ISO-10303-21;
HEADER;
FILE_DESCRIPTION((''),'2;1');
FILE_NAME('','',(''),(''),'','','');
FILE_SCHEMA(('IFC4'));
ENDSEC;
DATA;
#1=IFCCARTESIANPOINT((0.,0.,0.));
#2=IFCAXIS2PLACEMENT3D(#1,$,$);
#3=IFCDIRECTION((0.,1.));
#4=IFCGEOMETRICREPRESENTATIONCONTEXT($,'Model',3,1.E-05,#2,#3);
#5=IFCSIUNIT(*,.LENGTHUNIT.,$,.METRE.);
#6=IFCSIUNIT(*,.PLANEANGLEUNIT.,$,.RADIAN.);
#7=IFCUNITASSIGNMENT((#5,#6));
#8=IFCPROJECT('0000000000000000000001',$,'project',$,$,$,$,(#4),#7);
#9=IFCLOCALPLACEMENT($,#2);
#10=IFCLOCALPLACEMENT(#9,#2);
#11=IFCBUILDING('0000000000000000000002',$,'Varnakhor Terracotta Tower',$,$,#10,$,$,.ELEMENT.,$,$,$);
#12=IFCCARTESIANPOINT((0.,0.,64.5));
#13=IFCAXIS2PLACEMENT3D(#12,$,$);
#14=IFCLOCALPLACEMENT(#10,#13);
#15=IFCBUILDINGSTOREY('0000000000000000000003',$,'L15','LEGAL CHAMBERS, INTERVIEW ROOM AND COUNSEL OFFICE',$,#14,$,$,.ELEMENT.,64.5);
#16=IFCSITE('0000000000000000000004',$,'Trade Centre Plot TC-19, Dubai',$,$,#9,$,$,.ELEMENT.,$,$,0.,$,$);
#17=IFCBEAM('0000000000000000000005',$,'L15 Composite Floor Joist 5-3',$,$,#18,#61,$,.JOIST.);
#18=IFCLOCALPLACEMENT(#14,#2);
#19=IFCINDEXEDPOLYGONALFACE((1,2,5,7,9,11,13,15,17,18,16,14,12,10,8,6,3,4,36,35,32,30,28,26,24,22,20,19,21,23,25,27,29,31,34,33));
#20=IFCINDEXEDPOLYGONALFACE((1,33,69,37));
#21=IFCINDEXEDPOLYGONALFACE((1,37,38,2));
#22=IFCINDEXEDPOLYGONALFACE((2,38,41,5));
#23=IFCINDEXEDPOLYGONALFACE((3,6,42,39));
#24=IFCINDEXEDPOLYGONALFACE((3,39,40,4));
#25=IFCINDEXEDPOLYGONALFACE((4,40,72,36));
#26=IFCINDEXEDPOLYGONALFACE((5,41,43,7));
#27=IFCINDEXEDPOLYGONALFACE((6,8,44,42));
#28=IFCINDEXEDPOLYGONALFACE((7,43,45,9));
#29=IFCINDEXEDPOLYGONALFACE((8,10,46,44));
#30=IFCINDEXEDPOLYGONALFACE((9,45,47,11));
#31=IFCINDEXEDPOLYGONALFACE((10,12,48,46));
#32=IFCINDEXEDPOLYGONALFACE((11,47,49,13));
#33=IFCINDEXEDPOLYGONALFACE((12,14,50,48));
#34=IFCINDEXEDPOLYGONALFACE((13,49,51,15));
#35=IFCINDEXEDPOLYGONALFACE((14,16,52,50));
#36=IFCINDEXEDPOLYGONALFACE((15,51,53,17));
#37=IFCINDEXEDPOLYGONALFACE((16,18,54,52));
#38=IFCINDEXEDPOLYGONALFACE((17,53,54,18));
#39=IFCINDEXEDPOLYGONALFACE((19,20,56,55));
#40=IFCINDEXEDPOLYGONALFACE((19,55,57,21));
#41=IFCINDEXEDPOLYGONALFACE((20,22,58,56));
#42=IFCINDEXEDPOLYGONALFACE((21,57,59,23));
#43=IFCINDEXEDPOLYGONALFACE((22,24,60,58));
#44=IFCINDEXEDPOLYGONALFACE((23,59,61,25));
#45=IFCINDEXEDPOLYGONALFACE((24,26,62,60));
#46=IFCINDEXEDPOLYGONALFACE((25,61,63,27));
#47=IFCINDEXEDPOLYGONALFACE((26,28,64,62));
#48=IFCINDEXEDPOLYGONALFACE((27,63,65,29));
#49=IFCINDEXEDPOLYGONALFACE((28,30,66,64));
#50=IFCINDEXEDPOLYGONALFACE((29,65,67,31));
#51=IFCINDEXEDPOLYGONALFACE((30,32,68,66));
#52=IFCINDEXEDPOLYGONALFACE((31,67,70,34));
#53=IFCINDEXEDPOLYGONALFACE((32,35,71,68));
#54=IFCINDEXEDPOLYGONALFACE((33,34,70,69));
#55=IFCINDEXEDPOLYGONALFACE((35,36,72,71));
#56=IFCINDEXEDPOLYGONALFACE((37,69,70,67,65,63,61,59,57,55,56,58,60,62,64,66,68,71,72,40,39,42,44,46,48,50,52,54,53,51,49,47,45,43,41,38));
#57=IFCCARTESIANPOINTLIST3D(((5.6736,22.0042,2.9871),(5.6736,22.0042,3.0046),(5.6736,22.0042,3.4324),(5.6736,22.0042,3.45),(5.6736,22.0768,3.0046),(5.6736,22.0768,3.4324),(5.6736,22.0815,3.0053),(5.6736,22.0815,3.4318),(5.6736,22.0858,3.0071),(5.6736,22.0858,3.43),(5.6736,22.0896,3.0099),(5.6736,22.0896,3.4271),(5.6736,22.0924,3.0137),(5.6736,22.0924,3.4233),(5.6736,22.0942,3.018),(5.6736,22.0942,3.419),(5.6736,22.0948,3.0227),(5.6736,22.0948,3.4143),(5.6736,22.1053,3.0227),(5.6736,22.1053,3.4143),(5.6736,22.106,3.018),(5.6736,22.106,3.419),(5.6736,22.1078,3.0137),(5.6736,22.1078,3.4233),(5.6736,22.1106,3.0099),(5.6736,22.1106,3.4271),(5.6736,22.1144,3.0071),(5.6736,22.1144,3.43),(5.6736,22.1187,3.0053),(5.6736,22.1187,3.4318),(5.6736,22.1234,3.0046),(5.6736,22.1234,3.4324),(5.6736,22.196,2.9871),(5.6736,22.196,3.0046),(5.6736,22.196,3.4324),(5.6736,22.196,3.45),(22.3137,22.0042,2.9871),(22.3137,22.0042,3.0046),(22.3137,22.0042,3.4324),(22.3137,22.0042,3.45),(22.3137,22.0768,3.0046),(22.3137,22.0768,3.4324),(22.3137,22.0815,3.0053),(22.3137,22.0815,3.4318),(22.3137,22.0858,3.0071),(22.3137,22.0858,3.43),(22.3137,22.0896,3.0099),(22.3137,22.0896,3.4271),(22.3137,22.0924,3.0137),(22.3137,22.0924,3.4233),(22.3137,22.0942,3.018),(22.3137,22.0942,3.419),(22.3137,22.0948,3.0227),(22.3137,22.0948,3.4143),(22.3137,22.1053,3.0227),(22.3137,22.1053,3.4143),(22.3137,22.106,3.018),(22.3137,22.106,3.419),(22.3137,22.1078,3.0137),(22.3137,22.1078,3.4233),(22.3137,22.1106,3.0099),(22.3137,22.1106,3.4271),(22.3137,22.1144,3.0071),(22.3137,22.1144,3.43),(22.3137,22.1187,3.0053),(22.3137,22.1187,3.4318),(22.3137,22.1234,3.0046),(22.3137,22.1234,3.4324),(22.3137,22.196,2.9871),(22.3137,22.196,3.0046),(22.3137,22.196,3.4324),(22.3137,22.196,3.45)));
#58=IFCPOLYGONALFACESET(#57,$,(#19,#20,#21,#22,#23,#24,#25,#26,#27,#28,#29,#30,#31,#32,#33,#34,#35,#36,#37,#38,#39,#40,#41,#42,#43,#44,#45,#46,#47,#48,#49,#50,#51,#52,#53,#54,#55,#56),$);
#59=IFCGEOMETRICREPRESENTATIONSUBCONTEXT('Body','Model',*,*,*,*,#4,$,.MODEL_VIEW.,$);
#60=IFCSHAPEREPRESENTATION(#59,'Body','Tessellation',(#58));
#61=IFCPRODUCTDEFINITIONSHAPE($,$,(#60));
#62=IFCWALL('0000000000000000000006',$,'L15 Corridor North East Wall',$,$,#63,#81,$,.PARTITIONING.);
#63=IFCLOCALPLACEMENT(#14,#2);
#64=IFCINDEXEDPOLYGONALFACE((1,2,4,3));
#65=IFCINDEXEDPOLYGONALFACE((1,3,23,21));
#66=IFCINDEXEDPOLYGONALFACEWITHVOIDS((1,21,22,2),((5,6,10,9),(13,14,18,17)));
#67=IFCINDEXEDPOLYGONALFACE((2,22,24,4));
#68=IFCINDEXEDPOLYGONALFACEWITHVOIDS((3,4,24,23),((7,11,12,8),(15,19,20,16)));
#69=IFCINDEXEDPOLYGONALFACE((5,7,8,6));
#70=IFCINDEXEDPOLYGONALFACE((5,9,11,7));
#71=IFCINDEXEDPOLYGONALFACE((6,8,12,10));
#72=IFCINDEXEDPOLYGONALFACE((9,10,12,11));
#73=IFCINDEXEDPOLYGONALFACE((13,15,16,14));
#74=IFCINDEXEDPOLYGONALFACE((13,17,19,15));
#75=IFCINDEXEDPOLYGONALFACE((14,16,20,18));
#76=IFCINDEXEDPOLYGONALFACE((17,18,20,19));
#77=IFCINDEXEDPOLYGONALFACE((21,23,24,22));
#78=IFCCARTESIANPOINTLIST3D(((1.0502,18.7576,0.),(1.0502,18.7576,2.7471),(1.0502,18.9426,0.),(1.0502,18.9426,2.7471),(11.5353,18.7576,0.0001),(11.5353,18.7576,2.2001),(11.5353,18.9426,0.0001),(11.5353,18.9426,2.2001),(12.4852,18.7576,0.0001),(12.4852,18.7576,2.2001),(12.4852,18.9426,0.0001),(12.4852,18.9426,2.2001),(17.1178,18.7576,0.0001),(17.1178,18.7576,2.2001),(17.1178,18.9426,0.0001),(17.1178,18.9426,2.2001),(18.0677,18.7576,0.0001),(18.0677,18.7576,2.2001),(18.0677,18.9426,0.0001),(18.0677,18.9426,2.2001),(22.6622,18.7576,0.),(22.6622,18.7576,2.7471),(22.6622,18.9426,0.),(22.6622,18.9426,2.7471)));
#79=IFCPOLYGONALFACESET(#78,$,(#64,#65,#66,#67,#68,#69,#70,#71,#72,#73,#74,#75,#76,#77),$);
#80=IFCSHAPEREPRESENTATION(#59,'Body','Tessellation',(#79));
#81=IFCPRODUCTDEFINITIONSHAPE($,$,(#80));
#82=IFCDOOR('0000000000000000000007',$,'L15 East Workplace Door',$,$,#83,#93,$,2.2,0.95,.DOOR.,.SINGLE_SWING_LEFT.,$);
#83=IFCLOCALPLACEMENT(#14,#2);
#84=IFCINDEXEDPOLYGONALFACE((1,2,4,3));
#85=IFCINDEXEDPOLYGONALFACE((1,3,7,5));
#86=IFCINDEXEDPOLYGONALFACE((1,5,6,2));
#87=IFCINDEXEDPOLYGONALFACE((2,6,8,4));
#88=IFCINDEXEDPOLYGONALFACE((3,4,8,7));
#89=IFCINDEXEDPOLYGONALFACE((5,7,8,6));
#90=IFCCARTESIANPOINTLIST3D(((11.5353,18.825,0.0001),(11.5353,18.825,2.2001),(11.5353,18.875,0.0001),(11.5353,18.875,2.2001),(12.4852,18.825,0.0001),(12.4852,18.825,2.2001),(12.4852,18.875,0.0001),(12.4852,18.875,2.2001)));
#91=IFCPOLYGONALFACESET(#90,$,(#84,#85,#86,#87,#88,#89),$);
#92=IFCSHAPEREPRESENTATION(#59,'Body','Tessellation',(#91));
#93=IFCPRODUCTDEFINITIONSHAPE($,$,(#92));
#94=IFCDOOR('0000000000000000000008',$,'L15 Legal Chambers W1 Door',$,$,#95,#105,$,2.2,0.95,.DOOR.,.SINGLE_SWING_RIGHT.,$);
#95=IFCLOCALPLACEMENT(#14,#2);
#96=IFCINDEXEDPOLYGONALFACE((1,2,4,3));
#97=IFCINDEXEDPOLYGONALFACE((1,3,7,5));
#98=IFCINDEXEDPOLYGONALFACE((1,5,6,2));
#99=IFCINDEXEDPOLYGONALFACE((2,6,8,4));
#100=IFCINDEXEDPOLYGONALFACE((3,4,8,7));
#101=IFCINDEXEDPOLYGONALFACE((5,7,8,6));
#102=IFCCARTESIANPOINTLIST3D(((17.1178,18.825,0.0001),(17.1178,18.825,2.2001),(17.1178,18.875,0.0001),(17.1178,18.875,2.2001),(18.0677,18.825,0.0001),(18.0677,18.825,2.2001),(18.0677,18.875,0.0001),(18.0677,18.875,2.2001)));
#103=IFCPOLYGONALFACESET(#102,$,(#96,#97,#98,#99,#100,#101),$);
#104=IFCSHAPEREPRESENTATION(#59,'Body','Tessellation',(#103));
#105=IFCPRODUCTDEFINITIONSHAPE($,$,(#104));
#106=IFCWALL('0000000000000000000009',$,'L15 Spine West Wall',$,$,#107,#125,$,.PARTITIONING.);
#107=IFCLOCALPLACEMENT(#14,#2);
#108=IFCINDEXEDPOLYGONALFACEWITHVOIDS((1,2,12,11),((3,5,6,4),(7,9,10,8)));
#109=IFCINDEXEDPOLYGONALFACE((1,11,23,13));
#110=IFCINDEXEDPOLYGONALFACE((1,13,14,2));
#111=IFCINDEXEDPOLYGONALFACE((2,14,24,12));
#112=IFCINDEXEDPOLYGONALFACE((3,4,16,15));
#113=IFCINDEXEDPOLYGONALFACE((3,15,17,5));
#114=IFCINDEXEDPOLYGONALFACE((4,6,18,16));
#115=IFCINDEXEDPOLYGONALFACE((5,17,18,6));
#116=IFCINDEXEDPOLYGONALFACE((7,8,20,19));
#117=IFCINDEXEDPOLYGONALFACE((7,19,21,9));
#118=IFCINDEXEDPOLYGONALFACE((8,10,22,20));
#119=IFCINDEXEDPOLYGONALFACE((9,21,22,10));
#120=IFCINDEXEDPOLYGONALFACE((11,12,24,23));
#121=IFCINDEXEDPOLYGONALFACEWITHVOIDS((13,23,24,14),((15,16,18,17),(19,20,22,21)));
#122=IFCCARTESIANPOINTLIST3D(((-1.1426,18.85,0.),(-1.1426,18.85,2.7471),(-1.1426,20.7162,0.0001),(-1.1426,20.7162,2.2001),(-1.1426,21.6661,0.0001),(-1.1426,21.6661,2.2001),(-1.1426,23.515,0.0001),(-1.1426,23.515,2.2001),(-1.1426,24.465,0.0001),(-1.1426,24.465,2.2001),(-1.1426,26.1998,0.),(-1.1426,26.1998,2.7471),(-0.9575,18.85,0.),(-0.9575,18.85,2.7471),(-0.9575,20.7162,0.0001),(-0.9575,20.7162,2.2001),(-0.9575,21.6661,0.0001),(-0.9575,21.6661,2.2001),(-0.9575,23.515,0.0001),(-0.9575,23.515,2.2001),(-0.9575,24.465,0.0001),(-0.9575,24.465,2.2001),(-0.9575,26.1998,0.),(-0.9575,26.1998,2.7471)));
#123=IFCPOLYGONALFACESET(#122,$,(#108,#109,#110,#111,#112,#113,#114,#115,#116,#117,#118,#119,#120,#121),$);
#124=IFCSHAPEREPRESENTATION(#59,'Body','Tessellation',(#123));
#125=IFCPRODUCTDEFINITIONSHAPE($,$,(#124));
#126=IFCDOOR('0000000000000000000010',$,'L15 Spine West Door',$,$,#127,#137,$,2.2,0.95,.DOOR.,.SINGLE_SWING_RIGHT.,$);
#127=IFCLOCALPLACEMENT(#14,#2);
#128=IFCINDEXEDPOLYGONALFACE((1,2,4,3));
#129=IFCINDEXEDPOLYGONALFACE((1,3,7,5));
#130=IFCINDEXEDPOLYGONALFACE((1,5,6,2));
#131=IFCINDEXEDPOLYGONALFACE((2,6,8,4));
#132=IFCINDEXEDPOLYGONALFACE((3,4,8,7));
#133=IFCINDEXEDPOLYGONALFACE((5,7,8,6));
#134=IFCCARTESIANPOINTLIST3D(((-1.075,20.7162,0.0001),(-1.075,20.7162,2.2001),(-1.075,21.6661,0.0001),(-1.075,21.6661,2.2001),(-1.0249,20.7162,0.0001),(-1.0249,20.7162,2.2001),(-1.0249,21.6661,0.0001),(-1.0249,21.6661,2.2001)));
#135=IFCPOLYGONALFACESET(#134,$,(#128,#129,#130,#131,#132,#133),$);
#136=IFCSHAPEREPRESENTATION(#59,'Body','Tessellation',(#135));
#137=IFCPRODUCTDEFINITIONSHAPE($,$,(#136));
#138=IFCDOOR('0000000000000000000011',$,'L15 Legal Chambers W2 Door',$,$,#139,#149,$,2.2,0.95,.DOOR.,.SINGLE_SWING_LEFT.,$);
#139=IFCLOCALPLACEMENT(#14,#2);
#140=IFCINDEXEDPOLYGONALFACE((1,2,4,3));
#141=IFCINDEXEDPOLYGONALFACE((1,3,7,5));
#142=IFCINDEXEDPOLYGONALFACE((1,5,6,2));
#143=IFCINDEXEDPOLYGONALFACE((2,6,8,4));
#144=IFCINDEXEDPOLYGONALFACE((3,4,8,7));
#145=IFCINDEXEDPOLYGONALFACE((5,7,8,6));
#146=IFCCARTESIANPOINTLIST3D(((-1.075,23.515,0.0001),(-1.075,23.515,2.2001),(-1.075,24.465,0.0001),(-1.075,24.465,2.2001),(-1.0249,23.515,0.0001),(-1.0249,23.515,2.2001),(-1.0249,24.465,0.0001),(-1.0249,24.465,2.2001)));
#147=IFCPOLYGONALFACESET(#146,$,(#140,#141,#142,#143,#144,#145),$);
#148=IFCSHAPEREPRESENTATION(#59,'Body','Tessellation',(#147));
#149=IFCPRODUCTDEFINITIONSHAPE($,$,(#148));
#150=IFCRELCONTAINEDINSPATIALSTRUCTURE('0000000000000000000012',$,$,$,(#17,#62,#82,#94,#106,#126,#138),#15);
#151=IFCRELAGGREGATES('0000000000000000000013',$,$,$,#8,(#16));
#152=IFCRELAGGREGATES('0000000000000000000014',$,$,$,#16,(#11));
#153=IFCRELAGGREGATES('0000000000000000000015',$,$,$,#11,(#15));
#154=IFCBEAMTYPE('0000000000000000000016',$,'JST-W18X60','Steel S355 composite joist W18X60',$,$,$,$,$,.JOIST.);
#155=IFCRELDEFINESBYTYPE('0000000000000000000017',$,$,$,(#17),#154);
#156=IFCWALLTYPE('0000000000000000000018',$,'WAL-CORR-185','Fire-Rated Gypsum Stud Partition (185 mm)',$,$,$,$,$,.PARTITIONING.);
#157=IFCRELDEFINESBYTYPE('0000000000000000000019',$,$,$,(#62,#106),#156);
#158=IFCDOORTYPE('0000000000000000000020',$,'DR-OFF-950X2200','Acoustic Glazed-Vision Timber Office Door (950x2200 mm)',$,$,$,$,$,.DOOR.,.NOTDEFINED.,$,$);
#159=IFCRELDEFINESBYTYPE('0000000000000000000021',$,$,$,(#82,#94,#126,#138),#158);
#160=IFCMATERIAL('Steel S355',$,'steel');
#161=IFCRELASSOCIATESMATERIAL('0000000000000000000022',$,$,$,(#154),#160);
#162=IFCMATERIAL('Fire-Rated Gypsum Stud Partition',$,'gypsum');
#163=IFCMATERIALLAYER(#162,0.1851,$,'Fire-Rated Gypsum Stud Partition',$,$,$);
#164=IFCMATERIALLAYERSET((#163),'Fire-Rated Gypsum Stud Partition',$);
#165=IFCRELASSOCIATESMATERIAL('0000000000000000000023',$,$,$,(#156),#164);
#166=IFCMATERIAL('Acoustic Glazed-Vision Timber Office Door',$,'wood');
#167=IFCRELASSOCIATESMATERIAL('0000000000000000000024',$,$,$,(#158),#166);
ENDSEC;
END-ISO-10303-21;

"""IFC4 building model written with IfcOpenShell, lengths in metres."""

from ifc_helpers import new_model, si_unit, direction, frame, frame_2d, origin, origin_2d, place, context, subcontext, project, spatial, rectangle, i_section, extrude, source, transform, mapped, material, layer, layer_set, material_profile, profile_set, type_object, type_shapes, element, fill, save


model = new_model("IFC4")

# Units and contexts
model_context = context("Model", 3, precision=1e-05, world=origin(), true_north=direction((0.0, 1.0)))
body_context = subcontext(model_context, "Body", "Model", "MODEL_VIEW")
ifc_project = project(units=[si_unit("LENGTHUNIT", "METRE"), si_unit("PLANEANGLEUNIT", "RADIAN")], contexts=[model_context])

# Site, building, storey
site_placement = place(None, origin())
site = spatial("IfcSite", under=ifc_project, at=site_placement, Name="Trade Centre Plot TC-19, Dubai", CompositionType="ELEMENT", RefElevation=0.0)
building_placement = place(site_placement, origin())
building = spatial("IfcBuilding", under=site, at=building_placement, Name="Varnakhor Terracotta Tower", CompositionType="ELEMENT")
storey_placement = place(building_placement, frame((0.0, 0.0, 64.5)))
storey = spatial("IfcBuildingStorey", under=building, at=storey_placement, Name="L15", Description="LEGAL CHAMBERS, INTERVIEW ROOM AND COUNSEL OFFICE", CompositionType="ELEMENT", Elevation=64.5)

# Beam
ifc_material_1 = material(Name="Steel S355", Category="steel")
ifc_material_profile_1 = material_profile(ifc_material_1, i_section(OverallWidth=0.1919, OverallDepth=0.4629, WebThickness=0.0105, FlangeThickness=0.0176, FilletRadius=0.0181, at=origin_2d()), Name="W18X60")
ifc_profile_set_1 = profile_set([ifc_material_profile_1], Name="Steel S355")
beam_type_1 = type_object("IfcBeamType", Name="JST-W18X60", Description="Steel S355 composite joist W18X60", PredefinedType="JOIST", material=ifc_profile_set_1)
shared_shape_1 = source(origin(), body_context, "Body", "SweptSolid", [
    extrude(i_section(OverallWidth=0.1919, OverallDepth=0.4629, WebThickness=0.0105, FlangeThickness=0.0176, FilletRadius=0.0181, at=origin_2d()), origin(), (0.0, 0.0, 1.0), 16.6401),
])
beam_1_placement = place(storey_placement, frame((5.6736, 22.1001, 3.2185), z_axis=(1.0, 0.0, 0.0), x_axis=(0.0, 1.0, 0.0)))
element("IfcBeam", 1, at=beam_1_placement, inside=storey, type_object=beam_type_1, Name="L15 Composite Floor Joist 5-3", PredefinedType="JOIST", context=body_context, shape_type="MappedRepresentation", body=[
    mapped(shared_shape_1, transform((0.0, 0.0, 0.0), scale=1.0)),
])

# Walls, openings, doors
ifc_material_2 = material(Name="Fire-Rated Gypsum Stud Partition", Category="gypsum")
ifc_layer_1 = layer(ifc_material_2, 0.1851, Name="Fire-Rated Gypsum Stud Partition")
ifc_layer_set_1 = layer_set([ifc_layer_1], Name="Fire-Rated Gypsum Stud Partition")
wall_type_1 = type_object("IfcWallType", Name="WAL-CORR-185", Description="Fire-Rated Gypsum Stud Partition (185 mm)", PredefinedType="PARTITIONING", material=ifc_layer_set_1)
wall_1_placement = place(storey_placement, frame((1.05, 18.8501, 0.0), z_axis=(0.0, 0.0, 1.0), x_axis=(1.0, 0.0, 0.0)))
wall_1 = element("IfcWall", 2, at=wall_1_placement, inside=storey, type_object=wall_type_1, Name="L15 Corridor North East Wall", PredefinedType="PARTITIONING", context=body_context, shape_type="SweptSolid", body=[
    extrude(rectangle(XDim=21.6121, YDim=0.1851, at=frame_2d((10.8062, 0.0))), origin(), (0.0, 0.0, 1.0), 2.7471),
])
opening_1_placement = place(wall_1_placement, frame((10.4851, 0.0, 0.0)))
opening_1 = element("IfcOpeningElement", 3, at=opening_1_placement, cuts=wall_1, PredefinedType="OPENING", context=body_context, shape_type="SweptSolid", body=[
    extrude(rectangle(XDim=0.95, YDim=2.2, at=frame_2d((0.4751, 1.1001))), frame((0.0, 0.1025, 0.0), z_axis=(0.0, -1.0, 0.0), x_axis=(1.0, 0.0, 0.0)), (0.0, 0.0, 1.0), 0.2051),
])
opening_2_placement = place(wall_1_placement, frame((16.0676, 0.0, 0.0)))
opening_2 = element("IfcOpeningElement", 4, at=opening_2_placement, cuts=wall_1, PredefinedType="OPENING", context=body_context, shape_type="SweptSolid", body=[
    extrude(rectangle(XDim=0.95, YDim=2.2, at=frame_2d((0.4751, 1.1001))), frame((0.0, 0.1025, 0.0), z_axis=(0.0, -1.0, 0.0), x_axis=(1.0, 0.0, 0.0)), (0.0, 0.0, 1.0), 0.2051),
])
ifc_material_3 = material(Name="Acoustic Glazed-Vision Timber Office Door", Category="wood")
door_type_1 = type_object("IfcDoorType", Name="DR-OFF-950X2200", Description="Acoustic Glazed-Vision Timber Office Door (950x2200 mm)", OperationType="NOTDEFINED", PredefinedType="DOOR", material=ifc_material_3)
shared_shape_2 = source(origin(), body_context, "Body", "SweptSolid", [
    extrude(rectangle(XDim=0.95, YDim=2.2, at=frame_2d((0.4751, 1.1001))), frame((0.0, 0.0249, 0.0), z_axis=(0.0, -1.0, 0.0), x_axis=(1.0, 0.0, 0.0)), (0.0, 0.0, 1.0), 0.05),
])
type_shapes(door_type_1, [shared_shape_2])
door_1_placement = place(opening_1_placement, origin())
door_1 = element("IfcDoor", 5, at=door_1_placement, inside=storey, type_object=door_type_1, Name="L15 East Workplace Door", OperationType="SINGLE_SWING_LEFT", OverallHeight=2.2, OverallWidth=0.95, PredefinedType="DOOR", context=body_context, shape_type="MappedRepresentation", body=[
    mapped(shared_shape_2, transform((0.0, 0.0, 0.0), scale=1.0)),
])
fill(opening_1, door_1)
door_2_placement = place(opening_2_placement, origin())
door_2 = element("IfcDoor", 6, at=door_2_placement, inside=storey, type_object=door_type_1, Name="L15 Legal Chambers W1 Door", OperationType="SINGLE_SWING_RIGHT", OverallHeight=2.2, OverallWidth=0.95, PredefinedType="DOOR", context=body_context, shape_type="MappedRepresentation", body=[
    mapped(shared_shape_2, transform((0.0, 0.0, 0.0), scale=1.0)),
])
fill(opening_2, door_2)
wall_2_placement = place(storey_placement, frame((-1.05, 18.8501, 0.0), z_axis=(0.0, 0.0, 1.0), x_axis=(0.0, 1.0, 0.0)))
wall_2 = element("IfcWall", 7, at=wall_2_placement, inside=storey, type_object=wall_type_1, Name="L15 Spine West Wall", PredefinedType="PARTITIONING", context=body_context, shape_type="SweptSolid", body=[
    extrude(rectangle(XDim=7.3499, YDim=0.1851, at=frame_2d((3.6748, 0.0))), origin(), (0.0, 0.0, 1.0), 2.7471),
])
opening_3_placement = place(wall_2_placement, frame((1.866, 0.0, 0.0)))
opening_3 = element("IfcOpeningElement", 8, at=opening_3_placement, cuts=wall_2, PredefinedType="OPENING", context=body_context, shape_type="SweptSolid", body=[
    extrude(rectangle(XDim=0.95, YDim=2.2, at=frame_2d((0.4751, 1.1001))), frame((0.0, 0.1025, 0.0), z_axis=(0.0, -1.0, 0.0), x_axis=(1.0, 0.0, 0.0)), (0.0, 0.0, 1.0), 0.2051),
])
opening_4_placement = place(wall_2_placement, frame((4.6648, 0.0, 0.0)))
opening_4 = element("IfcOpeningElement", 9, at=opening_4_placement, cuts=wall_2, PredefinedType="OPENING", context=body_context, shape_type="SweptSolid", body=[
    extrude(rectangle(XDim=0.95, YDim=2.2, at=frame_2d((0.4751, 1.1001))), frame((0.0, 0.1025, 0.0), z_axis=(0.0, -1.0, 0.0), x_axis=(1.0, 0.0, 0.0)), (0.0, 0.0, 1.0), 0.2051),
])
door_3_placement = place(opening_3_placement, origin())
door_3 = element("IfcDoor", 10, at=door_3_placement, inside=storey, type_object=door_type_1, Name="L15 Spine West Door", OperationType="SINGLE_SWING_RIGHT", OverallHeight=2.2, OverallWidth=0.95, PredefinedType="DOOR", context=body_context, shape_type="MappedRepresentation", body=[
    mapped(shared_shape_2, transform((0.0, 0.0, 0.0), scale=1.0)),
])
fill(opening_3, door_3)
door_4_placement = place(opening_4_placement, origin())
door_4 = element("IfcDoor", 11, at=door_4_placement, inside=storey, type_object=door_type_1, Name="L15 Legal Chambers W2 Door", OperationType="SINGLE_SWING_LEFT", OverallHeight=2.2, OverallWidth=0.95, PredefinedType="DOOR", context=body_context, shape_type="MappedRepresentation", body=[
    mapped(shared_shape_2, transform((0.0, 0.0, 0.0), scale=1.0)),
])
fill(opening_4, door_4)

save(model, "model.ifc")
